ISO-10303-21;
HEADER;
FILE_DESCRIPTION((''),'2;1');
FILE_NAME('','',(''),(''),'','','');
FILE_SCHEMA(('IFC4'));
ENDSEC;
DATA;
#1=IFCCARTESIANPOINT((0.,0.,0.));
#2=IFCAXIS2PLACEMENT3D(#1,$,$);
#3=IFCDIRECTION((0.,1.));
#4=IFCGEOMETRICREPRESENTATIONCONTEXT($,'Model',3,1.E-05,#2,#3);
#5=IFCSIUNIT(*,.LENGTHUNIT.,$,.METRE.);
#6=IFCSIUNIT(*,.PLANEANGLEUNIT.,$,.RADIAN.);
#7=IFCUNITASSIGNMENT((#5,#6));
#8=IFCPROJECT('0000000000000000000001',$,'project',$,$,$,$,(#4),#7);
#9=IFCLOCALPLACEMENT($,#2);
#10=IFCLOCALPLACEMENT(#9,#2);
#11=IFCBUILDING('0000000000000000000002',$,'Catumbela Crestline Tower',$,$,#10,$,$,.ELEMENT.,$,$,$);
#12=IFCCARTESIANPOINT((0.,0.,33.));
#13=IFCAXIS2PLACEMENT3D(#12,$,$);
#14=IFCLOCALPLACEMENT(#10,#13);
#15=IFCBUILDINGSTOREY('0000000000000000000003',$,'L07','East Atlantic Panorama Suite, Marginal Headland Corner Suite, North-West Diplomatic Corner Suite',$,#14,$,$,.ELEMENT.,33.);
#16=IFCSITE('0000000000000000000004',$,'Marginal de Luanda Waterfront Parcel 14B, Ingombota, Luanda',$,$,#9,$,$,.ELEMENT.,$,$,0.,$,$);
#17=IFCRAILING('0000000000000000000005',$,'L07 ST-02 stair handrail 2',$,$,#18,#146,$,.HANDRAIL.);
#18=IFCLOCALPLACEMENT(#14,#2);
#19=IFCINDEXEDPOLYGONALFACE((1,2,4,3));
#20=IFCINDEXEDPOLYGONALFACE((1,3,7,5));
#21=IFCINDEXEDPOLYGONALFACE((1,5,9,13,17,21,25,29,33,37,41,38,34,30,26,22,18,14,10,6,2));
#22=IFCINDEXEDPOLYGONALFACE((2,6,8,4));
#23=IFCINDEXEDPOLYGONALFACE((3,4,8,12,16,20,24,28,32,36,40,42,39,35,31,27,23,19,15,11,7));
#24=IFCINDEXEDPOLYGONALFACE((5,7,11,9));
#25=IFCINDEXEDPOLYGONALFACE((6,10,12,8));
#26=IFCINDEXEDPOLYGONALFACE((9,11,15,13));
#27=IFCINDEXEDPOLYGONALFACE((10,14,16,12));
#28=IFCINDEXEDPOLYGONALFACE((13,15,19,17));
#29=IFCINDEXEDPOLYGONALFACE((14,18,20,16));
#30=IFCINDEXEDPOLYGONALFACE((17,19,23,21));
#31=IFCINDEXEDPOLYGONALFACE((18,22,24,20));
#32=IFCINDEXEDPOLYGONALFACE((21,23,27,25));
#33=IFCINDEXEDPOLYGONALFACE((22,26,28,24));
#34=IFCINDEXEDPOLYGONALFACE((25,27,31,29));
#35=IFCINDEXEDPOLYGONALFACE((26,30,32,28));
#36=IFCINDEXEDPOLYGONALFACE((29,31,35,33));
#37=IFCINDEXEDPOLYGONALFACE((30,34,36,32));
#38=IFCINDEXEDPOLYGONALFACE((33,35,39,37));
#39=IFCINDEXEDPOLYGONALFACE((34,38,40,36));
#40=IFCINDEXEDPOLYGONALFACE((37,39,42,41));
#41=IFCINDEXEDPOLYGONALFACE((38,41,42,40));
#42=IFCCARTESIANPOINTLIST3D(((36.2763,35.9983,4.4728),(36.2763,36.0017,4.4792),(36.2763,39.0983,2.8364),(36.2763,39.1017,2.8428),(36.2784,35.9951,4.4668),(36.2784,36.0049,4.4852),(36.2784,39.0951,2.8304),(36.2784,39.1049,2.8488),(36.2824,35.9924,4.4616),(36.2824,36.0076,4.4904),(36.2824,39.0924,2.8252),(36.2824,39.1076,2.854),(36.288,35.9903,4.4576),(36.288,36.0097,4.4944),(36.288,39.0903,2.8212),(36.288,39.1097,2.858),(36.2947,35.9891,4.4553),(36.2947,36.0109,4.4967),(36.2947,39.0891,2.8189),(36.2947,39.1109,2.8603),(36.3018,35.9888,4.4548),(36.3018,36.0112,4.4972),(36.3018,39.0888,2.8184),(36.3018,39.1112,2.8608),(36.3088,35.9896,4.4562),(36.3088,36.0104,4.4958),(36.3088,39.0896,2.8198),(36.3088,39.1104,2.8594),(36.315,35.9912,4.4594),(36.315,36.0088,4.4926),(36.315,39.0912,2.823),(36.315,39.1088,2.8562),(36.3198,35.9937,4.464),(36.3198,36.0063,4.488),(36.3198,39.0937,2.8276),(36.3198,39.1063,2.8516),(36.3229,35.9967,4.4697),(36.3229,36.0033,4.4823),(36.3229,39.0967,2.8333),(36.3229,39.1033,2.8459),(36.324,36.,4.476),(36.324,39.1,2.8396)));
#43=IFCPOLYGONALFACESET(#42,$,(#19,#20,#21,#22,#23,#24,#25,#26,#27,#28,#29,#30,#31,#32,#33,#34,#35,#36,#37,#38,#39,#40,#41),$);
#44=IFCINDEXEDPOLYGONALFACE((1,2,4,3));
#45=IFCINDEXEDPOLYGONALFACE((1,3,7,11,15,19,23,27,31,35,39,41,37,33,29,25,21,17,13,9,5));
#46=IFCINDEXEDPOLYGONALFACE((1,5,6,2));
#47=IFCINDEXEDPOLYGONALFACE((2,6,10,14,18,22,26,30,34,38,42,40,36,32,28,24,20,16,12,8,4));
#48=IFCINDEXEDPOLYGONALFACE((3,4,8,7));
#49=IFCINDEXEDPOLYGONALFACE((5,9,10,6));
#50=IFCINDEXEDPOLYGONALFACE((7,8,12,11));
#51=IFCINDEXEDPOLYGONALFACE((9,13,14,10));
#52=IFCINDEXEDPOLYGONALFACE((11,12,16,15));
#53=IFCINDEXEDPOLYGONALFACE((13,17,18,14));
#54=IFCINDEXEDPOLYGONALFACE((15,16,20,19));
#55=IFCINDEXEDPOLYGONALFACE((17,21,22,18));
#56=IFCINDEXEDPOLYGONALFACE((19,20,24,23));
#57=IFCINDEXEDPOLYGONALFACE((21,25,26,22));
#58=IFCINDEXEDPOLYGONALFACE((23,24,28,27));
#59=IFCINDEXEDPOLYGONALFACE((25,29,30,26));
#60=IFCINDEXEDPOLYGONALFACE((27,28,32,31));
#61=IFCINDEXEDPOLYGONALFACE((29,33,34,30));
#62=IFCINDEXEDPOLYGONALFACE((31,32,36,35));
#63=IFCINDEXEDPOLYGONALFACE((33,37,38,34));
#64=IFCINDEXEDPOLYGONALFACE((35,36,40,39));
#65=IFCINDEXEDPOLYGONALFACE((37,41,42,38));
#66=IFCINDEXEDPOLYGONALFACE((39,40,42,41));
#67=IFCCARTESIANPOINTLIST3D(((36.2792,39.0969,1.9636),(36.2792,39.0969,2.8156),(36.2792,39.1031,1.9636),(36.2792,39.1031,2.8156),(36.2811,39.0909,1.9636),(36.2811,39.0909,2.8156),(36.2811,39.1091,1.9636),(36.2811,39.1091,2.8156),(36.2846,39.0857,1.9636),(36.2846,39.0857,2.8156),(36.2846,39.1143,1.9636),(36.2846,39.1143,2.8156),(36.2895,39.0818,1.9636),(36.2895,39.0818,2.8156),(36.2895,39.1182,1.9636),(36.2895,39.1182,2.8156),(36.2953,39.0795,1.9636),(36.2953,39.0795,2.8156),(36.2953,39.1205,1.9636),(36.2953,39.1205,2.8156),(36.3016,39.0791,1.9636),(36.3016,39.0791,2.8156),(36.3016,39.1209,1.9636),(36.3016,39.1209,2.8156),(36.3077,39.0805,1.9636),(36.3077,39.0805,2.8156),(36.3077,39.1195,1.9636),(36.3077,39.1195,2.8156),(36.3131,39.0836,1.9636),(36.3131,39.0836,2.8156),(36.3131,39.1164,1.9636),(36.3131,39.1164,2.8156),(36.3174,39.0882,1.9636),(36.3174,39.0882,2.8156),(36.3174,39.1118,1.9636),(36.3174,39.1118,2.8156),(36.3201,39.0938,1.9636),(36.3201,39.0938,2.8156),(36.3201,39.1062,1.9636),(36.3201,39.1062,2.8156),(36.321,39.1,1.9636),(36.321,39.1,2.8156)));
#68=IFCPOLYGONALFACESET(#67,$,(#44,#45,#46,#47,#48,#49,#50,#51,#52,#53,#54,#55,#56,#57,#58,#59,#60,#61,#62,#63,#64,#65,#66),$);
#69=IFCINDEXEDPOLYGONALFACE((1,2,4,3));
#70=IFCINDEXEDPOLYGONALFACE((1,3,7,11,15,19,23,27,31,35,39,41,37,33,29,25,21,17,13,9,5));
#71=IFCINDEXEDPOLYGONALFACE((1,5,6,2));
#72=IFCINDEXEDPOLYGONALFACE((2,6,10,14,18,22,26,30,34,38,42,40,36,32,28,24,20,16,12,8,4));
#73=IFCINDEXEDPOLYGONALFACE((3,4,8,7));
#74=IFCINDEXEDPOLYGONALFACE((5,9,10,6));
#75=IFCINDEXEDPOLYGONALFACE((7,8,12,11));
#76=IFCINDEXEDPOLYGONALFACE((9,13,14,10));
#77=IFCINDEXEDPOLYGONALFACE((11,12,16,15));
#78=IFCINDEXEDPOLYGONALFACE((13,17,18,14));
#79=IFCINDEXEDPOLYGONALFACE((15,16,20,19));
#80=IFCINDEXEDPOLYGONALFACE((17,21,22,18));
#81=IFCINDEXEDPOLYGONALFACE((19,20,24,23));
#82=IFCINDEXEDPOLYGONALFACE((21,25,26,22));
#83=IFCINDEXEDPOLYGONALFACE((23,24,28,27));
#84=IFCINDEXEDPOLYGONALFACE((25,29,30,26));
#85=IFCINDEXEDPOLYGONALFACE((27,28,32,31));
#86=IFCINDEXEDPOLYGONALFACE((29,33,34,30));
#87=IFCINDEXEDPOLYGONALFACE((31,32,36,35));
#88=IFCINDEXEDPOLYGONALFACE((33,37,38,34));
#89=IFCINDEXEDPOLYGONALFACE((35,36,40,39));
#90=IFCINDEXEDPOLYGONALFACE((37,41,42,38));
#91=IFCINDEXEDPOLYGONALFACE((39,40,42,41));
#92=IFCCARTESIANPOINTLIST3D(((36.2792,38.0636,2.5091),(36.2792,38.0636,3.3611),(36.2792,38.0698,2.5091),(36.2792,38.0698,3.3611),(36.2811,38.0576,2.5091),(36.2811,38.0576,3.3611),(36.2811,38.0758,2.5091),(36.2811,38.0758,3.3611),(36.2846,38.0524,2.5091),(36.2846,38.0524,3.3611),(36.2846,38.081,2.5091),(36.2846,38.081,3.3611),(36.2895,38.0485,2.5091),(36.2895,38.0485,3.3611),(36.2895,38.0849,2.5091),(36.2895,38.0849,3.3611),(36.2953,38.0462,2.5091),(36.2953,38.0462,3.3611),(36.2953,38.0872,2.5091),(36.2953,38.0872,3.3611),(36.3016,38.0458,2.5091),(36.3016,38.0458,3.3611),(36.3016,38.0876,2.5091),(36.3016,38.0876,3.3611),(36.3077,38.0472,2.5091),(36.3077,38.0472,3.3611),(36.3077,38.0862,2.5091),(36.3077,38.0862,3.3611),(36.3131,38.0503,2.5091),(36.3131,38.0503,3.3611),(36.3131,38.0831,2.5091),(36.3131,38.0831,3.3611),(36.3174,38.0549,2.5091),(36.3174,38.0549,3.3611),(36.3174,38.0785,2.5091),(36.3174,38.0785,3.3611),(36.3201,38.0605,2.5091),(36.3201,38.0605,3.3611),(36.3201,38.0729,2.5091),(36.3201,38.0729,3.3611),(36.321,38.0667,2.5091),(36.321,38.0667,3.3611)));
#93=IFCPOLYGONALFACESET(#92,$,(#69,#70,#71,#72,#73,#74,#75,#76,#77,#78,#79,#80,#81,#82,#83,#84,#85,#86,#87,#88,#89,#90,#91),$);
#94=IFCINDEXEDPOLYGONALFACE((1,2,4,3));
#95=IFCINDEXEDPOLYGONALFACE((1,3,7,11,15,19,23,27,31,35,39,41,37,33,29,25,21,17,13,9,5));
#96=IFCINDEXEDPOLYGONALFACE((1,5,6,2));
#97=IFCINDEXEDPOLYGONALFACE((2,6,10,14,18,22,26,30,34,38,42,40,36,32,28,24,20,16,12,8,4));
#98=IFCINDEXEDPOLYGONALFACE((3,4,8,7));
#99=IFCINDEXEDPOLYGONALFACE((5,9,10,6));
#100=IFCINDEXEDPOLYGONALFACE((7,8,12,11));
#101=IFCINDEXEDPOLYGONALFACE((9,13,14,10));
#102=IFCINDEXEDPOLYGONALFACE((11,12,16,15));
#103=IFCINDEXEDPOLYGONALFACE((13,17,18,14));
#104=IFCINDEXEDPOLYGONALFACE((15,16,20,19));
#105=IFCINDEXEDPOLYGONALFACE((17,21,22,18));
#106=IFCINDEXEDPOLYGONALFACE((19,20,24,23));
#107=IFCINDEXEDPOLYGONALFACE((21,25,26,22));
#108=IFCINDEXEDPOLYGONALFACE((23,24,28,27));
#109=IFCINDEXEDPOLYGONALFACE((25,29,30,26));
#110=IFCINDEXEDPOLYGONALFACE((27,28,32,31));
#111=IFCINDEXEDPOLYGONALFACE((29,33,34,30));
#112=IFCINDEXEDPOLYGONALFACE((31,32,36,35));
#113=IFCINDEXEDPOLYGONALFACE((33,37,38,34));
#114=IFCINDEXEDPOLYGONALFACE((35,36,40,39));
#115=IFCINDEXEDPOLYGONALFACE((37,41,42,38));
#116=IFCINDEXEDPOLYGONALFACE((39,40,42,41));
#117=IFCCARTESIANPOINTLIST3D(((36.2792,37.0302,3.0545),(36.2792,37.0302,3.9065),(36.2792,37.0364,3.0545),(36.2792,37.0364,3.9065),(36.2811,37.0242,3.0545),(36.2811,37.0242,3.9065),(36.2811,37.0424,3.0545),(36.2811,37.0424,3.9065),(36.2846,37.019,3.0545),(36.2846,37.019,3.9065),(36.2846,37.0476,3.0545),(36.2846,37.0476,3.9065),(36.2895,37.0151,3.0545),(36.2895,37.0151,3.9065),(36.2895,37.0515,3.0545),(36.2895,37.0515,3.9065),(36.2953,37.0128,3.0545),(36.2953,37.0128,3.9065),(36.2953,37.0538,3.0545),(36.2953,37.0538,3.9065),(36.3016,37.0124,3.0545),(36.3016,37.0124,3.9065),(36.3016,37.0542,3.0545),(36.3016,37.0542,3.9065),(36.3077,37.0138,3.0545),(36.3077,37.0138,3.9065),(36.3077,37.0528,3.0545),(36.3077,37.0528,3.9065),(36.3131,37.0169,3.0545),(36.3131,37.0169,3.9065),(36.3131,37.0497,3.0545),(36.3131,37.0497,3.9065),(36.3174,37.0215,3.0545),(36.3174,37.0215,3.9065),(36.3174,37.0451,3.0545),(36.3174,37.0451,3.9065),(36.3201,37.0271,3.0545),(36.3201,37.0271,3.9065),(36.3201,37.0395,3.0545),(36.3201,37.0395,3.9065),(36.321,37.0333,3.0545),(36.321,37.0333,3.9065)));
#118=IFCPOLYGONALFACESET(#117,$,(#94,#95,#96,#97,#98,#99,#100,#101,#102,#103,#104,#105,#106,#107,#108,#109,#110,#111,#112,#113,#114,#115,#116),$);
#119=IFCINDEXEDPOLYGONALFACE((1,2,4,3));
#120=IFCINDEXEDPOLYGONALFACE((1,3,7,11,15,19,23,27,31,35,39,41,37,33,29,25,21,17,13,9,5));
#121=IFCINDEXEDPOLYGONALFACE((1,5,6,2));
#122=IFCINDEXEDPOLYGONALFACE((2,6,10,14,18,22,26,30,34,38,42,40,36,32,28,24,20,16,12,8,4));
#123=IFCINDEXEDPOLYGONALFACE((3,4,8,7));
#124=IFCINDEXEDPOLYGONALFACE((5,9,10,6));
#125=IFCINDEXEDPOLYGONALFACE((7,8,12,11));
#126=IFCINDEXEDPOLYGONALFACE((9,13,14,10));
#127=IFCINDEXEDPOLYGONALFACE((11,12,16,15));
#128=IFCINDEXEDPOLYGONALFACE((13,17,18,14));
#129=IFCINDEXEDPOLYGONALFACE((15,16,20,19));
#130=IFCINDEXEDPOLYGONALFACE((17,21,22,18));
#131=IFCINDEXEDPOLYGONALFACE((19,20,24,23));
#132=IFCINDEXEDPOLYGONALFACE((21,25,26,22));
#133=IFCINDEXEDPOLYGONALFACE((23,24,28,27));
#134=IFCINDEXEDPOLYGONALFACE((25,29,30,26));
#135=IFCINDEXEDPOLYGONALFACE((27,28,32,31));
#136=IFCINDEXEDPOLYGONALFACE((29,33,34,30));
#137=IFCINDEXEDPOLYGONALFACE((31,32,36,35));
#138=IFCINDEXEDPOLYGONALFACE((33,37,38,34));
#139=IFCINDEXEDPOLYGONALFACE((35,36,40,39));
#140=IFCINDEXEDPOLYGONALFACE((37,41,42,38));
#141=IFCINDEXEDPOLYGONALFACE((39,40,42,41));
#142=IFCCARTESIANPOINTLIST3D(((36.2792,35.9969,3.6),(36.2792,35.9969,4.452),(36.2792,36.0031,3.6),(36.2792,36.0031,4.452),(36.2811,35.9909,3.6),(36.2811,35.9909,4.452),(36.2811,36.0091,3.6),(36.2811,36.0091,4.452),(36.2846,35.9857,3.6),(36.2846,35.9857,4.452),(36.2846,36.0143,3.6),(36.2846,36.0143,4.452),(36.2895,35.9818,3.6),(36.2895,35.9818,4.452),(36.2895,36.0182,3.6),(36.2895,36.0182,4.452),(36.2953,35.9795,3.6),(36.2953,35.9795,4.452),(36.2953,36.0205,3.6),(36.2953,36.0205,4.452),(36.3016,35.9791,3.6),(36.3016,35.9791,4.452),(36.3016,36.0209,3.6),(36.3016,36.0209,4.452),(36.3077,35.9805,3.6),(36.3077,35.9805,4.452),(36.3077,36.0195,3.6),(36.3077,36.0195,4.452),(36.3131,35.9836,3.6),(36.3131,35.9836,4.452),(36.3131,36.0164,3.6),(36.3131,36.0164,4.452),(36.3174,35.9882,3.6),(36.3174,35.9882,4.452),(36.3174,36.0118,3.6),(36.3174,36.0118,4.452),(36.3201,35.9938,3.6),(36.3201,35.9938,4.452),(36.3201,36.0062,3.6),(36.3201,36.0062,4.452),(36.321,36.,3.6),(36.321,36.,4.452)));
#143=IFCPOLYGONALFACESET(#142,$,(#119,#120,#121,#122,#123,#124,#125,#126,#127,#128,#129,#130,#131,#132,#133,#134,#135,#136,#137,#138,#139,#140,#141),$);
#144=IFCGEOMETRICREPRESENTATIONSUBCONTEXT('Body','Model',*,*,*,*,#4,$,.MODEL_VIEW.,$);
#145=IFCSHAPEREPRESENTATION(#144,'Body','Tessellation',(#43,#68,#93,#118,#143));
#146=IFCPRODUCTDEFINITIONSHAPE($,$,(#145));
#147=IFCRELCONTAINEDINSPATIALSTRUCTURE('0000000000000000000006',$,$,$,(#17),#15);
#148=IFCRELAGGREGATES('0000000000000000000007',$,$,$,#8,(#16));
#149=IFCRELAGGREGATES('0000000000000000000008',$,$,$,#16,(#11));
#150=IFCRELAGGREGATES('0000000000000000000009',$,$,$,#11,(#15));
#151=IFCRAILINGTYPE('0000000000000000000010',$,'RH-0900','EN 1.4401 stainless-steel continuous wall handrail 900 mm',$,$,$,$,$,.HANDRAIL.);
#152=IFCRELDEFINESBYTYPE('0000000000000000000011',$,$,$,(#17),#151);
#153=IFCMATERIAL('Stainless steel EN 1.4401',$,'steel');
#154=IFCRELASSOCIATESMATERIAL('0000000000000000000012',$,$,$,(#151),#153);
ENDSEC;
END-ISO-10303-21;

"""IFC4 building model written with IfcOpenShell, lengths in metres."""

from ifc_helpers import new_model, si_unit, direction, frame, origin, origin_2d, place, context, subcontext, project, spatial, circle, extrude, material, type_object, element, save


model = new_model("IFC4")

# Units and contexts
model_context = context("Model", 3, precision=1e-05, world=origin(), true_north=direction((0.0, 1.0)))
body_context = subcontext(model_context, "Body", "Model", "MODEL_VIEW")
ifc_project = project(units=[si_unit("LENGTHUNIT", "METRE"), si_unit("PLANEANGLEUNIT", "RADIAN")], contexts=[model_context])

# Site, building, storey
site_placement = place(None, origin())
site = spatial("IfcSite", under=ifc_project, at=site_placement, Name="Marginal de Luanda Waterfront Parcel 14B, Ingombota, Luanda", CompositionType="ELEMENT", RefElevation=0.0)
building_placement = place(site_placement, origin())
building = spatial("IfcBuilding", under=site, at=building_placement, Name="Catumbela Crestline Tower", CompositionType="ELEMENT")
storey_placement = place(building_placement, frame((0.0, 0.0, 33.0)))
storey = spatial("IfcBuildingStorey", under=building, at=storey_placement, Name="L07", Description="East Atlantic Panorama Suite, Marginal Headland Corner Suite, North-West Diplomatic Corner Suite", CompositionType="ELEMENT", Elevation=33.0)

# Shared definitions
ifc_material_1 = material(Name="Stainless steel EN 1.4401", Category="steel")

# Railing
railing_type_1 = type_object("IfcRailingType", Name="RH-0900", Description="EN 1.4401 stainless-steel continuous wall handrail 900 mm", PredefinedType="HANDRAIL", material=ifc_material_1)
railing_1_placement = place(storey_placement, frame((36.3, 39.1, 1.9636)))
element("IfcRailing", 1, at=railing_1_placement, inside=storey, type_object=railing_type_1, Name="L07 ST-02 stair handrail 2", PredefinedType="HANDRAIL", context=body_context, shape_type="SweptSolid", body=[
    extrude(circle(Radius=0.024, at=origin_2d()), frame((0.0, 0.0, 0.876), z_axis=(0.0, -0.884351, 0.466823), x_axis=(1.0, 0.0, 0.0)), (0.0, 0.0, 1.0), 3.5054),
    extrude(circle(Radius=0.021, at=origin_2d()), origin(), (0.0, 0.0, 1.0), 0.852),
    extrude(circle(Radius=0.021, at=origin_2d()), frame((0.0, -1.0333, 0.5455)), (0.0, 0.0, 1.0), 0.852),
    extrude(circle(Radius=0.021, at=origin_2d()), frame((0.0, -2.0667, 1.0909)), (0.0, 0.0, 1.0), 0.852),
    extrude(circle(Radius=0.021, at=origin_2d()), frame((0.0, -3.1, 1.6364)), (0.0, 0.0, 1.0), 0.852),
])

save(model, "model.ifc")
